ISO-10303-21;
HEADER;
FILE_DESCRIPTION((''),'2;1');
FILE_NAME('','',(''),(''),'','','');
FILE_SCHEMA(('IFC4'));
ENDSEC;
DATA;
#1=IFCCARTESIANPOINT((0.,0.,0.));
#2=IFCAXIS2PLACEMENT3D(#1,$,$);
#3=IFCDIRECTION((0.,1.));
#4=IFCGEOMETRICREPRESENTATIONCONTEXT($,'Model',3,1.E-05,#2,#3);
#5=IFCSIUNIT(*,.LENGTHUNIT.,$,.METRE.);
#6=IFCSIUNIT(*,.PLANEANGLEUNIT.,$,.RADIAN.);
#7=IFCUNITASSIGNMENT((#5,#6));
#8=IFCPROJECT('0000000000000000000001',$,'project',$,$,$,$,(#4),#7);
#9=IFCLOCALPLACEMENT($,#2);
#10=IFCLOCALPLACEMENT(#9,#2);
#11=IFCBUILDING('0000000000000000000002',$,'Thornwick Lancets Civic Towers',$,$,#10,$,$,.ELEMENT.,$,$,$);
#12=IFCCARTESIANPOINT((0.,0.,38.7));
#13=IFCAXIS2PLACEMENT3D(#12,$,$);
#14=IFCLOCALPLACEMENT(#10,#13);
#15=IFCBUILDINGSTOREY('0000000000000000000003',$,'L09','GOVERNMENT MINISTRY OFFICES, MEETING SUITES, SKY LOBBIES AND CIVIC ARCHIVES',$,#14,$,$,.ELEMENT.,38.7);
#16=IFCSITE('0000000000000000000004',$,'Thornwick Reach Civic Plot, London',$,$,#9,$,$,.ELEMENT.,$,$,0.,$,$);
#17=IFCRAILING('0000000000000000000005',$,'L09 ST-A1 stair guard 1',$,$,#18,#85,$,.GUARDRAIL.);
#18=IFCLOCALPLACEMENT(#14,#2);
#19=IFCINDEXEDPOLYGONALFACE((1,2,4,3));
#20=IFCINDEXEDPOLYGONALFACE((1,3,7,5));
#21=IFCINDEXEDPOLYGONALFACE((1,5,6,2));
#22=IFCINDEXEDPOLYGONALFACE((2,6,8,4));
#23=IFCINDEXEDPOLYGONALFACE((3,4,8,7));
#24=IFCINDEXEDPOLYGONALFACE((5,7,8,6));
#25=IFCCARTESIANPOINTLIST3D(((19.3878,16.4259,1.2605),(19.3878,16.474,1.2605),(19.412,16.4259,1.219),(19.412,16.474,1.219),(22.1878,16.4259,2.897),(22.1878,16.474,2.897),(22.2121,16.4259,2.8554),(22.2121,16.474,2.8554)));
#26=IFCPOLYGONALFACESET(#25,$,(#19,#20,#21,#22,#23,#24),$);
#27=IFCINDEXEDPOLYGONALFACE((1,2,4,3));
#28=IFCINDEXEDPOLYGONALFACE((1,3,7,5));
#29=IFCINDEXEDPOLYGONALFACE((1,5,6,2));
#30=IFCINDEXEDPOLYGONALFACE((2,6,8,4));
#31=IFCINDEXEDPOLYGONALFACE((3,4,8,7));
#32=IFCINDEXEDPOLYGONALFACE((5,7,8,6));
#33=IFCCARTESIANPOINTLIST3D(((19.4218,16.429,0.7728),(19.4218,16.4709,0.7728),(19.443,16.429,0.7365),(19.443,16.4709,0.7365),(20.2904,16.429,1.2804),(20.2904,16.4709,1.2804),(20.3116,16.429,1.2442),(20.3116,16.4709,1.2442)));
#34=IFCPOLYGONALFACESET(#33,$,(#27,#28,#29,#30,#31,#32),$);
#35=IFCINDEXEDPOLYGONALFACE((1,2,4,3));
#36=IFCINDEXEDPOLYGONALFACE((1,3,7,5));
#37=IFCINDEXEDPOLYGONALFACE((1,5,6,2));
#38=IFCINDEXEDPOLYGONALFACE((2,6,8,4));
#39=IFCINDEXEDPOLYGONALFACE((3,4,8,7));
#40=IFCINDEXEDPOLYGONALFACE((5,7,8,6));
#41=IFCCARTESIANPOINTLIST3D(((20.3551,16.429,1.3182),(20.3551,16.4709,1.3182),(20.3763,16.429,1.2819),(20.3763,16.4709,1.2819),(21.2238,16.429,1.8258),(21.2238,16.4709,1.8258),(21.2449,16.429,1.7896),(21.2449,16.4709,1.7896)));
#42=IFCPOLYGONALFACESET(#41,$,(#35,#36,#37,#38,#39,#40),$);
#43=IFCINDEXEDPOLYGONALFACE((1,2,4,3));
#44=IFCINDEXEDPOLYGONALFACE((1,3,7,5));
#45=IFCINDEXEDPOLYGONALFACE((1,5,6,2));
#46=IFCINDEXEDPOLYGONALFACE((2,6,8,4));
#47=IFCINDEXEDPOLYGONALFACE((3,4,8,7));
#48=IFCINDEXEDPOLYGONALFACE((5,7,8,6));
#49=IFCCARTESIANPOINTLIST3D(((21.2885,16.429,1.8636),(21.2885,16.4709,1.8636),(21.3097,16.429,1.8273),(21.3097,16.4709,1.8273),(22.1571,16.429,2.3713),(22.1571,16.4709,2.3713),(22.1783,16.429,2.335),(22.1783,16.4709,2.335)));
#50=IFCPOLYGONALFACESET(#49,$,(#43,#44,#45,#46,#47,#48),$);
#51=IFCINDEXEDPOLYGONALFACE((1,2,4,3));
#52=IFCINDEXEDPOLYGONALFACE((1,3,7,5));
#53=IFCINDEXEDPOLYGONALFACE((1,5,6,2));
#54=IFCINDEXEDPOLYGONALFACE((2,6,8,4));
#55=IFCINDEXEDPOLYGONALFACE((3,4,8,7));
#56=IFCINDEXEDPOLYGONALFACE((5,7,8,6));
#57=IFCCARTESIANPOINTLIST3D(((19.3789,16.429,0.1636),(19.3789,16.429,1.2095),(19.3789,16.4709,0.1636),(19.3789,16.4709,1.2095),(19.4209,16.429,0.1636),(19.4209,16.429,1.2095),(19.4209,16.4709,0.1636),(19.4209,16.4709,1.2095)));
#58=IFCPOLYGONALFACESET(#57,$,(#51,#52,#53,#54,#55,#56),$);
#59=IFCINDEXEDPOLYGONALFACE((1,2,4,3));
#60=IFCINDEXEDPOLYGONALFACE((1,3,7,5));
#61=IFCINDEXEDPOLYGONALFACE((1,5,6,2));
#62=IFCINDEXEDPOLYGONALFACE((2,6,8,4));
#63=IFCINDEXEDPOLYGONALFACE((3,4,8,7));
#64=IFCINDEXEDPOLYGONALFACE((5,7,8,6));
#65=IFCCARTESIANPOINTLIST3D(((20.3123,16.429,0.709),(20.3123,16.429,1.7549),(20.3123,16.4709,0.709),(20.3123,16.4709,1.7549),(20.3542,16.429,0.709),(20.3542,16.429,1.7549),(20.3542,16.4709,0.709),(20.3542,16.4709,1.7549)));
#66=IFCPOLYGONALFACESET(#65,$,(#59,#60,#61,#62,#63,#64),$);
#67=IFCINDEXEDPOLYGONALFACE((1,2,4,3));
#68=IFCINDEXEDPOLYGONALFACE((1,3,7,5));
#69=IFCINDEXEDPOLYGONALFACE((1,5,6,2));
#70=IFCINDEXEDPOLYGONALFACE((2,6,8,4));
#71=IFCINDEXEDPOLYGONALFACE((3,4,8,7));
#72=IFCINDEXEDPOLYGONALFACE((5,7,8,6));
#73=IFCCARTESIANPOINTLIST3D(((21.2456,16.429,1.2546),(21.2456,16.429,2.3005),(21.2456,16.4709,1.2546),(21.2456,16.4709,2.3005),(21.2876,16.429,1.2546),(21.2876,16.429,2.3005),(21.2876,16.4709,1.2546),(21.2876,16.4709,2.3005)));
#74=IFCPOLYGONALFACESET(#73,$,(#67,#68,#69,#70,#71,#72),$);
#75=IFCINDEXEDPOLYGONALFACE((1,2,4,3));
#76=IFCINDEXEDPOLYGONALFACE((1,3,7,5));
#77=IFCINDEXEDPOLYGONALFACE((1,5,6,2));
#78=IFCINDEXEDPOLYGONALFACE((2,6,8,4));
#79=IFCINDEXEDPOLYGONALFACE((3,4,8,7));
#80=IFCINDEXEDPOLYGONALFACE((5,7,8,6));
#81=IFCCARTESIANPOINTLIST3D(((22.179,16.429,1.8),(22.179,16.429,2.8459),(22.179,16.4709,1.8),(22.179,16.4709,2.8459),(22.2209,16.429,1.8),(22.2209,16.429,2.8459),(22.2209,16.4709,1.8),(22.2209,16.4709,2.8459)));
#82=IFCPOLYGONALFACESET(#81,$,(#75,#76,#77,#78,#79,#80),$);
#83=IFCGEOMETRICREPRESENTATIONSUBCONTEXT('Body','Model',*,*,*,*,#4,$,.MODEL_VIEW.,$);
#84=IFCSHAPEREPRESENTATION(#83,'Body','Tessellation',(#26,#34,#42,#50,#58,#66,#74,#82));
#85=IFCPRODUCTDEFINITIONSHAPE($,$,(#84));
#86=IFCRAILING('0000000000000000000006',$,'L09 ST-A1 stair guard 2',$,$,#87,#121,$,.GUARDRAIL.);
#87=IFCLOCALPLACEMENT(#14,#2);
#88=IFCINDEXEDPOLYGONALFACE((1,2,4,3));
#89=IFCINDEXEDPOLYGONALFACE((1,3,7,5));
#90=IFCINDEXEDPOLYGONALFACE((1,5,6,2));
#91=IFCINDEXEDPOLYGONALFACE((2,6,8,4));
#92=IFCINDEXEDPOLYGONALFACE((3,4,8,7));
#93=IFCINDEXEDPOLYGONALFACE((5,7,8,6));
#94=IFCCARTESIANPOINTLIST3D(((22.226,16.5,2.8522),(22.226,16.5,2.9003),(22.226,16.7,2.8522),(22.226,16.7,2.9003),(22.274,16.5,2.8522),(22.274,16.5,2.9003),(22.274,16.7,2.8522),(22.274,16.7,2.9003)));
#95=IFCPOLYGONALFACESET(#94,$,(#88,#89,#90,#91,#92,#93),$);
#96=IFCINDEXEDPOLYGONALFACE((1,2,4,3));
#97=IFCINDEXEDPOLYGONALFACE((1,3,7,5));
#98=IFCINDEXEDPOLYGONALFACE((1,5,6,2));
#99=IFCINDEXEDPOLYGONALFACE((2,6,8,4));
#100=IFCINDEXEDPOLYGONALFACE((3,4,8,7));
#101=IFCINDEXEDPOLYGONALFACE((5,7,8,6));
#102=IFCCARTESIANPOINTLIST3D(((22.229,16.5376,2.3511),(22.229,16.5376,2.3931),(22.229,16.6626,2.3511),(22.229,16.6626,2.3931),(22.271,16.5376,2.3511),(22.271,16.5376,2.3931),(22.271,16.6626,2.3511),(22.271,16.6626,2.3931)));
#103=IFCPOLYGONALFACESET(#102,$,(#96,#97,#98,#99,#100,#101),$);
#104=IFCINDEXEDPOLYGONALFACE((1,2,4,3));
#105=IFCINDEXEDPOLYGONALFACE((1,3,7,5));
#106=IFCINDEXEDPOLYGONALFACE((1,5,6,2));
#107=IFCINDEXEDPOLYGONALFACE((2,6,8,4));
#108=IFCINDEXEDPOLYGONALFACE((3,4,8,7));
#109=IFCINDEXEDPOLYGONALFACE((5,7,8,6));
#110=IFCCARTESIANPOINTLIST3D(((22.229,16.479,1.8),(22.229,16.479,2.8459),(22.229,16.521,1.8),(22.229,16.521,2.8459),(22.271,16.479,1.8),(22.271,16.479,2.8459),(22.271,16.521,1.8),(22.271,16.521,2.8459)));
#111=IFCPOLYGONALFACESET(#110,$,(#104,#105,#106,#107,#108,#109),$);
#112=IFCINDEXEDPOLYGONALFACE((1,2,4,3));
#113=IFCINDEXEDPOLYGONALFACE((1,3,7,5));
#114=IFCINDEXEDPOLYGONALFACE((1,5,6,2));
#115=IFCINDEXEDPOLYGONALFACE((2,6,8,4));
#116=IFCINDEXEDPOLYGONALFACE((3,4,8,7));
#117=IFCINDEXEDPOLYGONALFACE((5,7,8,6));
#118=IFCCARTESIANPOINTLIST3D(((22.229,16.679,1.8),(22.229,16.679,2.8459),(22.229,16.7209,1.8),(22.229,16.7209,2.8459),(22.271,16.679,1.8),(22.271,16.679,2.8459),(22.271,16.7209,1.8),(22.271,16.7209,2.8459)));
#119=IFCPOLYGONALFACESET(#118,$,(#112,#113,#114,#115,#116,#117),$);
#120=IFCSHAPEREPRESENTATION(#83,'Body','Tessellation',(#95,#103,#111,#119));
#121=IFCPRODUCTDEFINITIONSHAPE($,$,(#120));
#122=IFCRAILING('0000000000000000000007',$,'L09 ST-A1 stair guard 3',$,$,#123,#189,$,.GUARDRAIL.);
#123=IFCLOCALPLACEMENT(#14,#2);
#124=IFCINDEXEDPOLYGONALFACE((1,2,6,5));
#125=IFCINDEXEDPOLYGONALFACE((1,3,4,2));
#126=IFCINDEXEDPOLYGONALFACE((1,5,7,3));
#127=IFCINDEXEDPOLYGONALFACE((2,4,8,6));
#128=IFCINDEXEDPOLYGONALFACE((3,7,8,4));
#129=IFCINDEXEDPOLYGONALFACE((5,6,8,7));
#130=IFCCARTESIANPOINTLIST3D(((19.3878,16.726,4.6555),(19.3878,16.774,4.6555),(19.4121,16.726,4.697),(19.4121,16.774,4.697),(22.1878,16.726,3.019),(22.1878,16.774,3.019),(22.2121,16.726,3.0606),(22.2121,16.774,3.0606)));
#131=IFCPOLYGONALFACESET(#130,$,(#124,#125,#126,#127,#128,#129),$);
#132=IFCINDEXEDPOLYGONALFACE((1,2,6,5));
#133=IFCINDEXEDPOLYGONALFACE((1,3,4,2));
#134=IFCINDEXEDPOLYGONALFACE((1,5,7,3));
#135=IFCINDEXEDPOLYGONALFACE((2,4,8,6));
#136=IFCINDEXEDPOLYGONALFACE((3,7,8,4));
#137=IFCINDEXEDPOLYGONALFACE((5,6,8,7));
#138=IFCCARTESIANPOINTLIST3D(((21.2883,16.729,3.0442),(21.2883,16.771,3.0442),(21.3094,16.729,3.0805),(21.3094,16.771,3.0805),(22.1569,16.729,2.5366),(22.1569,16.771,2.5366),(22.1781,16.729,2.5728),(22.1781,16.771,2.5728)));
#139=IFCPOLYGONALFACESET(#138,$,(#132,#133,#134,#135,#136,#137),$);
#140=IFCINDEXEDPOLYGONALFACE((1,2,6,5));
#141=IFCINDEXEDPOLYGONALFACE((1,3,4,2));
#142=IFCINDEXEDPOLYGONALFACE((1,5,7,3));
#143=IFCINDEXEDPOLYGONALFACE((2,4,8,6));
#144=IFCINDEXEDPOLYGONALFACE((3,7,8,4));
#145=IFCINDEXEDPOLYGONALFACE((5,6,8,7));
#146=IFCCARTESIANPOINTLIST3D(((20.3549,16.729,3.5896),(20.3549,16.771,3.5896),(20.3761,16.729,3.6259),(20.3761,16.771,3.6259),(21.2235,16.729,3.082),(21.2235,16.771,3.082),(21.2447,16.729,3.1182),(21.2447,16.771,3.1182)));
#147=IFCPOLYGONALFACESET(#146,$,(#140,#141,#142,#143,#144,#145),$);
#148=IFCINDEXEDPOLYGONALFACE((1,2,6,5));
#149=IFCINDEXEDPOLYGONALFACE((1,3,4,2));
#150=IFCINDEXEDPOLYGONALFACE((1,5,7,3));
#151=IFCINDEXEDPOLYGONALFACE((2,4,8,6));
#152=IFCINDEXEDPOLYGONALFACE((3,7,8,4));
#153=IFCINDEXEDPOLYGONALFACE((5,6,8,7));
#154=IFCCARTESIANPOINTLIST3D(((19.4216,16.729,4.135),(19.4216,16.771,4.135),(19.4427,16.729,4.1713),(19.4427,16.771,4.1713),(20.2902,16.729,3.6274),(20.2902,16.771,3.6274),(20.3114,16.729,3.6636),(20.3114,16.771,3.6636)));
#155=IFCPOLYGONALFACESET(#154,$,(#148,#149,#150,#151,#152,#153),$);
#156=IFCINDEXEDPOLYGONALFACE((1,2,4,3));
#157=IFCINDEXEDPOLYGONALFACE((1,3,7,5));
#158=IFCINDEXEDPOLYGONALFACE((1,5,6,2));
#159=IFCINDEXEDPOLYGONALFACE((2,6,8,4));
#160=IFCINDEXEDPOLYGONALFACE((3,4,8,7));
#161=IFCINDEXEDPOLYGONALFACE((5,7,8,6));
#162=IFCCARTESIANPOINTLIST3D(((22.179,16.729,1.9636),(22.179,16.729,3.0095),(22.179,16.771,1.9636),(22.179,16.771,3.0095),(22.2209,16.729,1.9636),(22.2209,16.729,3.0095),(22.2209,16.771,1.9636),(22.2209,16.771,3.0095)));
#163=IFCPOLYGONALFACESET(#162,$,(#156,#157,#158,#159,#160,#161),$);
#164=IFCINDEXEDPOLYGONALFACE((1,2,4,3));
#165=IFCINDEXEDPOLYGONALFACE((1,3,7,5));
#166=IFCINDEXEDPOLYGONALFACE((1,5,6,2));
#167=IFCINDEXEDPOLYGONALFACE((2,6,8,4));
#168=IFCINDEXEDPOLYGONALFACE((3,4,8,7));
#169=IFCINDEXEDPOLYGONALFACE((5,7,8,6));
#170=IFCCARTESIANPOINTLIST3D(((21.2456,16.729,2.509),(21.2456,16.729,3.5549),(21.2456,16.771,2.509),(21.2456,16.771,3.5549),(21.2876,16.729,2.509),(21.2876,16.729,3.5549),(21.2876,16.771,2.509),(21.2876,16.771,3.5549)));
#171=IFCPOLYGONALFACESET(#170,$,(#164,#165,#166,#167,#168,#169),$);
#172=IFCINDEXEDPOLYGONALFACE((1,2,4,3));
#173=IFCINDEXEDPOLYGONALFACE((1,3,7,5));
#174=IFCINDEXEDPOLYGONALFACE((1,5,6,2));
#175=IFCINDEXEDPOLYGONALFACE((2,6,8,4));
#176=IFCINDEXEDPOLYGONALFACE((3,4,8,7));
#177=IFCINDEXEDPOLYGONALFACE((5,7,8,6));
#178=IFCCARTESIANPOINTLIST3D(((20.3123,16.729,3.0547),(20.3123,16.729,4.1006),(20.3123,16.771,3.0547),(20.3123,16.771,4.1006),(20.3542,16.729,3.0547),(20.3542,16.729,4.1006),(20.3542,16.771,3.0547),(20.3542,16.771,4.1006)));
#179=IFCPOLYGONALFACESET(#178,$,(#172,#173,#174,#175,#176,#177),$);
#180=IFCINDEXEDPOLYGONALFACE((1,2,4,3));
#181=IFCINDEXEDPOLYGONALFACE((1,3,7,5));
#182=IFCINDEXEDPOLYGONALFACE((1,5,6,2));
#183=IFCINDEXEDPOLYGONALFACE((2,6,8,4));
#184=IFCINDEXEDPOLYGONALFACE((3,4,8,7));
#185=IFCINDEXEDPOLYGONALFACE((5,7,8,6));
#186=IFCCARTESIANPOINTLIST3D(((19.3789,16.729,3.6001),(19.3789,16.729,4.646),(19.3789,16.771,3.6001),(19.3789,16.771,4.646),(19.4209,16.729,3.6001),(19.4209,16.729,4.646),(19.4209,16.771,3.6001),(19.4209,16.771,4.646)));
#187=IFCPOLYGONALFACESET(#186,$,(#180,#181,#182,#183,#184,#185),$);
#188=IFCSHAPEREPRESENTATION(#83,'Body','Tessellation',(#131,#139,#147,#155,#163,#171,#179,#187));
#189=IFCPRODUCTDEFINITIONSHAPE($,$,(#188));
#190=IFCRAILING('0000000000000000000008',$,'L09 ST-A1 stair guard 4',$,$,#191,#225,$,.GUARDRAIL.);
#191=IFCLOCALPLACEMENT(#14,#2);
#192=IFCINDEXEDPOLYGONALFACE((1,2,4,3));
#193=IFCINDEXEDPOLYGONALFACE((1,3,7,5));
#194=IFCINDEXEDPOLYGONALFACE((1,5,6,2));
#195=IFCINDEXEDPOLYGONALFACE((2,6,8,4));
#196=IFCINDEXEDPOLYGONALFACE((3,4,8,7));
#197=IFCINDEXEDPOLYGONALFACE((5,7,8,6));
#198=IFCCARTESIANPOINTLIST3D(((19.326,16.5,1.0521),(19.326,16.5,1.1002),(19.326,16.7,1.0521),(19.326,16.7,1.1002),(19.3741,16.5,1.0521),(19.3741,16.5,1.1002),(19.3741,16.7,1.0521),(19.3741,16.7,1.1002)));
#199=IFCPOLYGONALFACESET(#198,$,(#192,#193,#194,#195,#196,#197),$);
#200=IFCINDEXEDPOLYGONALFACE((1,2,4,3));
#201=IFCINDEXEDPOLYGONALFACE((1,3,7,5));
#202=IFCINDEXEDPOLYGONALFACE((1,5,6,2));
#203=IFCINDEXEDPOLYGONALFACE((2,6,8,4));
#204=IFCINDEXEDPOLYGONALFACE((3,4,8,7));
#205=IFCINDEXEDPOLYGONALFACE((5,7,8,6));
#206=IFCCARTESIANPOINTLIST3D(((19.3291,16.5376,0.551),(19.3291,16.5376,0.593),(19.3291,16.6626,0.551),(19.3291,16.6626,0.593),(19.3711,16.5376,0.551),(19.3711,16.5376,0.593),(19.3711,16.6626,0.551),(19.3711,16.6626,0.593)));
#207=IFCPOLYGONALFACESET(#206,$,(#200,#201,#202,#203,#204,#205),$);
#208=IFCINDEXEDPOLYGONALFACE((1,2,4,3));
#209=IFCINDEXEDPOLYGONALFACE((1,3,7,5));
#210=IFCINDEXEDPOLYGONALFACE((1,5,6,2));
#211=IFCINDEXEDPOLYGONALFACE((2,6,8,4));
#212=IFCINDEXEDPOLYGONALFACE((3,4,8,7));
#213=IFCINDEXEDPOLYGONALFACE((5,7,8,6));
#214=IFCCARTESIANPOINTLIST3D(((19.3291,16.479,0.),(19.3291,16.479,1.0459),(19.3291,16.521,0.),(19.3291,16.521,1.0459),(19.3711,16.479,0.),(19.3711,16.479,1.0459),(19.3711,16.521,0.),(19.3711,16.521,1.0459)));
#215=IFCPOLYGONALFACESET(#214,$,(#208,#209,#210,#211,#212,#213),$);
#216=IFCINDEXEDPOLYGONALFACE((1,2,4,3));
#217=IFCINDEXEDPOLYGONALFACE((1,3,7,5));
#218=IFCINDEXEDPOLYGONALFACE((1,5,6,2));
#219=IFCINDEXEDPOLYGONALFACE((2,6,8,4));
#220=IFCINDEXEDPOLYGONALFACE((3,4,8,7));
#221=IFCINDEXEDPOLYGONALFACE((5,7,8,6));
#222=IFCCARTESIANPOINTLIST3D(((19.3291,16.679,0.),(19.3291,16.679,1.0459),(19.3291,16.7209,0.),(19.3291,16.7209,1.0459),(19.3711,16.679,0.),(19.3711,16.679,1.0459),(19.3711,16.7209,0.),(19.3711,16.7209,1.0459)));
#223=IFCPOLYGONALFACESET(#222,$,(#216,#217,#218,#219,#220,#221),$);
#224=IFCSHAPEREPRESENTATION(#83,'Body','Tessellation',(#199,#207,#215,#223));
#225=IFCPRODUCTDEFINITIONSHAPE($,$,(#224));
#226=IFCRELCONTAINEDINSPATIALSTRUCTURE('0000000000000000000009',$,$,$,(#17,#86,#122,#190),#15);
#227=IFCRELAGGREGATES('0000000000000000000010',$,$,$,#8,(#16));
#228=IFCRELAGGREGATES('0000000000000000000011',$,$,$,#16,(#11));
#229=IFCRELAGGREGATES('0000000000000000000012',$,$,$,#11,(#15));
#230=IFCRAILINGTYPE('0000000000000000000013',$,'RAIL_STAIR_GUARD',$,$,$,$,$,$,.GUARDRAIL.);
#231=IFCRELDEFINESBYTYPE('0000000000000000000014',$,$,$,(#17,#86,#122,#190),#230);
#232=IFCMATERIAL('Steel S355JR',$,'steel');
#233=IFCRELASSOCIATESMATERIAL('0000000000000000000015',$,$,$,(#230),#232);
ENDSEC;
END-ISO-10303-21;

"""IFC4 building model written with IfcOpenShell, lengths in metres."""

from ifc_helpers import new_model, si_unit, direction, frame, origin, origin_2d, place, context, subcontext, project, spatial, rectangle, extrude, material, type_object, element, save


model = new_model("IFC4")

# Units and contexts
model_context = context("Model", 3, precision=1e-05, world=origin(), true_north=direction((0.0, 1.0)))
body_context = subcontext(model_context, "Body", "Model", "MODEL_VIEW")
ifc_project = project(units=[si_unit("LENGTHUNIT", "METRE"), si_unit("PLANEANGLEUNIT", "RADIAN")], contexts=[model_context])

# Site, building, storey
site_placement = place(None, origin())
site = spatial("IfcSite", under=ifc_project, at=site_placement, Name="Thornwick Reach Civic Plot, London", CompositionType="ELEMENT", RefElevation=0.0)
building_placement = place(site_placement, origin())
building = spatial("IfcBuilding", under=site, at=building_placement, Name="Thornwick Lancets Civic Towers", CompositionType="ELEMENT")
storey_placement = place(building_placement, frame((0.0, 0.0, 38.7)))
storey = spatial("IfcBuildingStorey", under=building, at=storey_placement, Name="L09", Description="GOVERNMENT MINISTRY OFFICES, MEETING SUITES, SKY LOBBIES AND CIVIC ARCHIVES", CompositionType="ELEMENT", Elevation=38.7)

# Shared definitions
ifc_material_1 = material(Name="Steel S355JR", Category="steel")

# Railings
railing_type_1 = type_object("IfcRailingType", Name="RAIL_STAIR_GUARD", PredefinedType="GUARDRAIL", material=ifc_material_1)
railing_1_placement = place(storey_placement, frame((19.3999, 16.45, 0.1636)))
element("IfcRailing", 1, at=railing_1_placement, inside=storey, type_object=railing_type_1, Name="L09 ST-A1 stair guard 1", PredefinedType="GUARDRAIL", context=body_context, shape_type="SweptSolid", body=[
    extrude(rectangle(XDim=0.0481, YDim=0.0481, at=origin_2d()), frame((0.0, 0.0, 1.0762), z_axis=(0.863361, 0.0, 0.504587), x_axis=(0.0, 1.0, 0.0)), (0.0, 0.0, 1.0), 3.2432),
    extrude(rectangle(XDim=0.042, YDim=0.042, at=origin_2d()), frame((0.0325, 0.0, 0.5911), z_axis=(0.863361, 0.0, 0.504587), x_axis=(0.0, 1.0, 0.0)), (0.0, 0.0, 1.0), 1.0061),
    extrude(rectangle(XDim=0.042, YDim=0.042, at=origin_2d()), frame((0.9658, 0.0, 1.1365), z_axis=(0.863361, 0.0, 0.504587), x_axis=(0.0, 1.0, 0.0)), (0.0, 0.0, 1.0), 1.0061),
    extrude(rectangle(XDim=0.042, YDim=0.042, at=origin_2d()), frame((1.8992, 0.0, 1.6819), z_axis=(0.863361, 0.0, 0.504587), x_axis=(0.0, 1.0, 0.0)), (0.0, 0.0, 1.0), 1.0061),
    extrude(rectangle(XDim=0.042, YDim=0.042, at=origin_2d()), origin(), (0.0, 0.0, 1.0), 1.0459),
    extrude(rectangle(XDim=0.042, YDim=0.042, at=origin_2d()), frame((0.9333, 0.0, 0.5454)), (0.0, 0.0, 1.0), 1.0459),
    extrude(rectangle(XDim=0.042, YDim=0.042, at=origin_2d()), frame((1.8667, 0.0, 1.0911)), (0.0, 0.0, 1.0), 1.0459),
    extrude(rectangle(XDim=0.042, YDim=0.042, at=origin_2d()), frame((2.8, 0.0, 1.6365)), (0.0, 0.0, 1.0), 1.0459),
])
railing_2_placement = place(storey_placement, frame((22.25, 16.5, 1.8)))
element("IfcRailing", 2, at=railing_2_placement, inside=storey, type_object=railing_type_1, Name="L09 ST-A1 stair guard 2", PredefinedType="GUARDRAIL", context=body_context, shape_type="SweptSolid", body=[
    extrude(rectangle(XDim=0.0481, YDim=0.0481, at=origin_2d()), frame((0.0, 0.0, 1.0762), z_axis=(0.0, 1.0, 0.0), x_axis=(-1.0, 0.0, 0.0)), (0.0, 0.0, 1.0), 0.2),
    extrude(rectangle(XDim=0.042, YDim=0.042, at=origin_2d()), frame((0.0, 0.0376, 0.572), z_axis=(0.0, 1.0, 0.0), x_axis=(-1.0, 0.0, 0.0)), (0.0, 0.0, 1.0), 0.125),
    extrude(rectangle(XDim=0.042, YDim=0.042, at=origin_2d()), origin(), (0.0, 0.0, 1.0), 1.0459),
    extrude(rectangle(XDim=0.042, YDim=0.042, at=origin_2d()), frame((0.0, 0.2, 0.0)), (0.0, 0.0, 1.0), 1.0459),
])
railing_3_placement = place(storey_placement, frame((22.2, 16.75, 1.9636)))
element("IfcRailing", 3, at=railing_3_placement, inside=storey, type_object=railing_type_1, Name="L09 ST-A1 stair guard 3", PredefinedType="GUARDRAIL", context=body_context, shape_type="SweptSolid", body=[
    extrude(rectangle(XDim=0.0481, YDim=0.0481, at=origin_2d()), frame((0.0, 0.0, 1.0762), z_axis=(-0.863361, 0.0, 0.504587), x_axis=(0.0, -1.0, 0.0)), (0.0, 0.0, 1.0), 3.2432),
    extrude(rectangle(XDim=0.042, YDim=0.042, at=origin_2d()), frame((-0.0325, 0.0, 0.5911), z_axis=(-0.863361, 0.0, 0.504587), x_axis=(0.0, -1.0, 0.0)), (0.0, 0.0, 1.0), 1.0061),
    extrude(rectangle(XDim=0.042, YDim=0.042, at=origin_2d()), frame((-0.9658, 0.0, 1.1365), z_axis=(-0.863361, 0.0, 0.504587), x_axis=(0.0, -1.0, 0.0)), (0.0, 0.0, 1.0), 1.0061),
    extrude(rectangle(XDim=0.042, YDim=0.042, at=origin_2d()), frame((-1.8992, 0.0, 1.6819), z_axis=(-0.863361, 0.0, 0.504587), x_axis=(0.0, -1.0, 0.0)), (0.0, 0.0, 1.0), 1.0061),
    extrude(rectangle(XDim=0.042, YDim=0.042, at=origin_2d()), origin(), (0.0, 0.0, 1.0), 1.0459),
    extrude(rectangle(XDim=0.042, YDim=0.042, at=origin_2d()), frame((-0.9333, 0.0, 0.5454)), (0.0, 0.0, 1.0), 1.0459),
    extrude(rectangle(XDim=0.042, YDim=0.042, at=origin_2d()), frame((-1.8667, 0.0, 1.0911)), (0.0, 0.0, 1.0), 1.0459),
    extrude(rectangle(XDim=0.042, YDim=0.042, at=origin_2d()), frame((-2.8, 0.0, 1.6365)), (0.0, 0.0, 1.0), 1.0459),
])
railing_4_placement = place(storey_placement, frame((19.3501, 16.5, 0.0)))
element("IfcRailing", 4, at=railing_4_placement, inside=storey, type_object=railing_type_1, Name="L09 ST-A1 stair guard 4", PredefinedType="GUARDRAIL", context=body_context, shape_type="SweptSolid", body=[
    extrude(rectangle(XDim=0.0481, YDim=0.0481, at=origin_2d()), frame((0.0, 0.0, 1.0762), z_axis=(0.0, 1.0, 0.0), x_axis=(-1.0, 0.0, 0.0)), (0.0, 0.0, 1.0), 0.2),
    extrude(rectangle(XDim=0.042, YDim=0.042, at=origin_2d()), frame((0.0, 0.0376, 0.572), z_axis=(0.0, 1.0, 0.0), x_axis=(-1.0, 0.0, 0.0)), (0.0, 0.0, 1.0), 0.125),
    extrude(rectangle(XDim=0.042, YDim=0.042, at=origin_2d()), origin(), (0.0, 0.0, 1.0), 1.0459),
    extrude(rectangle(XDim=0.042, YDim=0.042, at=origin_2d()), frame((0.0, 0.2, 0.0)), (0.0, 0.0, 1.0), 1.0459),
])

save(model, "model.ifc")
